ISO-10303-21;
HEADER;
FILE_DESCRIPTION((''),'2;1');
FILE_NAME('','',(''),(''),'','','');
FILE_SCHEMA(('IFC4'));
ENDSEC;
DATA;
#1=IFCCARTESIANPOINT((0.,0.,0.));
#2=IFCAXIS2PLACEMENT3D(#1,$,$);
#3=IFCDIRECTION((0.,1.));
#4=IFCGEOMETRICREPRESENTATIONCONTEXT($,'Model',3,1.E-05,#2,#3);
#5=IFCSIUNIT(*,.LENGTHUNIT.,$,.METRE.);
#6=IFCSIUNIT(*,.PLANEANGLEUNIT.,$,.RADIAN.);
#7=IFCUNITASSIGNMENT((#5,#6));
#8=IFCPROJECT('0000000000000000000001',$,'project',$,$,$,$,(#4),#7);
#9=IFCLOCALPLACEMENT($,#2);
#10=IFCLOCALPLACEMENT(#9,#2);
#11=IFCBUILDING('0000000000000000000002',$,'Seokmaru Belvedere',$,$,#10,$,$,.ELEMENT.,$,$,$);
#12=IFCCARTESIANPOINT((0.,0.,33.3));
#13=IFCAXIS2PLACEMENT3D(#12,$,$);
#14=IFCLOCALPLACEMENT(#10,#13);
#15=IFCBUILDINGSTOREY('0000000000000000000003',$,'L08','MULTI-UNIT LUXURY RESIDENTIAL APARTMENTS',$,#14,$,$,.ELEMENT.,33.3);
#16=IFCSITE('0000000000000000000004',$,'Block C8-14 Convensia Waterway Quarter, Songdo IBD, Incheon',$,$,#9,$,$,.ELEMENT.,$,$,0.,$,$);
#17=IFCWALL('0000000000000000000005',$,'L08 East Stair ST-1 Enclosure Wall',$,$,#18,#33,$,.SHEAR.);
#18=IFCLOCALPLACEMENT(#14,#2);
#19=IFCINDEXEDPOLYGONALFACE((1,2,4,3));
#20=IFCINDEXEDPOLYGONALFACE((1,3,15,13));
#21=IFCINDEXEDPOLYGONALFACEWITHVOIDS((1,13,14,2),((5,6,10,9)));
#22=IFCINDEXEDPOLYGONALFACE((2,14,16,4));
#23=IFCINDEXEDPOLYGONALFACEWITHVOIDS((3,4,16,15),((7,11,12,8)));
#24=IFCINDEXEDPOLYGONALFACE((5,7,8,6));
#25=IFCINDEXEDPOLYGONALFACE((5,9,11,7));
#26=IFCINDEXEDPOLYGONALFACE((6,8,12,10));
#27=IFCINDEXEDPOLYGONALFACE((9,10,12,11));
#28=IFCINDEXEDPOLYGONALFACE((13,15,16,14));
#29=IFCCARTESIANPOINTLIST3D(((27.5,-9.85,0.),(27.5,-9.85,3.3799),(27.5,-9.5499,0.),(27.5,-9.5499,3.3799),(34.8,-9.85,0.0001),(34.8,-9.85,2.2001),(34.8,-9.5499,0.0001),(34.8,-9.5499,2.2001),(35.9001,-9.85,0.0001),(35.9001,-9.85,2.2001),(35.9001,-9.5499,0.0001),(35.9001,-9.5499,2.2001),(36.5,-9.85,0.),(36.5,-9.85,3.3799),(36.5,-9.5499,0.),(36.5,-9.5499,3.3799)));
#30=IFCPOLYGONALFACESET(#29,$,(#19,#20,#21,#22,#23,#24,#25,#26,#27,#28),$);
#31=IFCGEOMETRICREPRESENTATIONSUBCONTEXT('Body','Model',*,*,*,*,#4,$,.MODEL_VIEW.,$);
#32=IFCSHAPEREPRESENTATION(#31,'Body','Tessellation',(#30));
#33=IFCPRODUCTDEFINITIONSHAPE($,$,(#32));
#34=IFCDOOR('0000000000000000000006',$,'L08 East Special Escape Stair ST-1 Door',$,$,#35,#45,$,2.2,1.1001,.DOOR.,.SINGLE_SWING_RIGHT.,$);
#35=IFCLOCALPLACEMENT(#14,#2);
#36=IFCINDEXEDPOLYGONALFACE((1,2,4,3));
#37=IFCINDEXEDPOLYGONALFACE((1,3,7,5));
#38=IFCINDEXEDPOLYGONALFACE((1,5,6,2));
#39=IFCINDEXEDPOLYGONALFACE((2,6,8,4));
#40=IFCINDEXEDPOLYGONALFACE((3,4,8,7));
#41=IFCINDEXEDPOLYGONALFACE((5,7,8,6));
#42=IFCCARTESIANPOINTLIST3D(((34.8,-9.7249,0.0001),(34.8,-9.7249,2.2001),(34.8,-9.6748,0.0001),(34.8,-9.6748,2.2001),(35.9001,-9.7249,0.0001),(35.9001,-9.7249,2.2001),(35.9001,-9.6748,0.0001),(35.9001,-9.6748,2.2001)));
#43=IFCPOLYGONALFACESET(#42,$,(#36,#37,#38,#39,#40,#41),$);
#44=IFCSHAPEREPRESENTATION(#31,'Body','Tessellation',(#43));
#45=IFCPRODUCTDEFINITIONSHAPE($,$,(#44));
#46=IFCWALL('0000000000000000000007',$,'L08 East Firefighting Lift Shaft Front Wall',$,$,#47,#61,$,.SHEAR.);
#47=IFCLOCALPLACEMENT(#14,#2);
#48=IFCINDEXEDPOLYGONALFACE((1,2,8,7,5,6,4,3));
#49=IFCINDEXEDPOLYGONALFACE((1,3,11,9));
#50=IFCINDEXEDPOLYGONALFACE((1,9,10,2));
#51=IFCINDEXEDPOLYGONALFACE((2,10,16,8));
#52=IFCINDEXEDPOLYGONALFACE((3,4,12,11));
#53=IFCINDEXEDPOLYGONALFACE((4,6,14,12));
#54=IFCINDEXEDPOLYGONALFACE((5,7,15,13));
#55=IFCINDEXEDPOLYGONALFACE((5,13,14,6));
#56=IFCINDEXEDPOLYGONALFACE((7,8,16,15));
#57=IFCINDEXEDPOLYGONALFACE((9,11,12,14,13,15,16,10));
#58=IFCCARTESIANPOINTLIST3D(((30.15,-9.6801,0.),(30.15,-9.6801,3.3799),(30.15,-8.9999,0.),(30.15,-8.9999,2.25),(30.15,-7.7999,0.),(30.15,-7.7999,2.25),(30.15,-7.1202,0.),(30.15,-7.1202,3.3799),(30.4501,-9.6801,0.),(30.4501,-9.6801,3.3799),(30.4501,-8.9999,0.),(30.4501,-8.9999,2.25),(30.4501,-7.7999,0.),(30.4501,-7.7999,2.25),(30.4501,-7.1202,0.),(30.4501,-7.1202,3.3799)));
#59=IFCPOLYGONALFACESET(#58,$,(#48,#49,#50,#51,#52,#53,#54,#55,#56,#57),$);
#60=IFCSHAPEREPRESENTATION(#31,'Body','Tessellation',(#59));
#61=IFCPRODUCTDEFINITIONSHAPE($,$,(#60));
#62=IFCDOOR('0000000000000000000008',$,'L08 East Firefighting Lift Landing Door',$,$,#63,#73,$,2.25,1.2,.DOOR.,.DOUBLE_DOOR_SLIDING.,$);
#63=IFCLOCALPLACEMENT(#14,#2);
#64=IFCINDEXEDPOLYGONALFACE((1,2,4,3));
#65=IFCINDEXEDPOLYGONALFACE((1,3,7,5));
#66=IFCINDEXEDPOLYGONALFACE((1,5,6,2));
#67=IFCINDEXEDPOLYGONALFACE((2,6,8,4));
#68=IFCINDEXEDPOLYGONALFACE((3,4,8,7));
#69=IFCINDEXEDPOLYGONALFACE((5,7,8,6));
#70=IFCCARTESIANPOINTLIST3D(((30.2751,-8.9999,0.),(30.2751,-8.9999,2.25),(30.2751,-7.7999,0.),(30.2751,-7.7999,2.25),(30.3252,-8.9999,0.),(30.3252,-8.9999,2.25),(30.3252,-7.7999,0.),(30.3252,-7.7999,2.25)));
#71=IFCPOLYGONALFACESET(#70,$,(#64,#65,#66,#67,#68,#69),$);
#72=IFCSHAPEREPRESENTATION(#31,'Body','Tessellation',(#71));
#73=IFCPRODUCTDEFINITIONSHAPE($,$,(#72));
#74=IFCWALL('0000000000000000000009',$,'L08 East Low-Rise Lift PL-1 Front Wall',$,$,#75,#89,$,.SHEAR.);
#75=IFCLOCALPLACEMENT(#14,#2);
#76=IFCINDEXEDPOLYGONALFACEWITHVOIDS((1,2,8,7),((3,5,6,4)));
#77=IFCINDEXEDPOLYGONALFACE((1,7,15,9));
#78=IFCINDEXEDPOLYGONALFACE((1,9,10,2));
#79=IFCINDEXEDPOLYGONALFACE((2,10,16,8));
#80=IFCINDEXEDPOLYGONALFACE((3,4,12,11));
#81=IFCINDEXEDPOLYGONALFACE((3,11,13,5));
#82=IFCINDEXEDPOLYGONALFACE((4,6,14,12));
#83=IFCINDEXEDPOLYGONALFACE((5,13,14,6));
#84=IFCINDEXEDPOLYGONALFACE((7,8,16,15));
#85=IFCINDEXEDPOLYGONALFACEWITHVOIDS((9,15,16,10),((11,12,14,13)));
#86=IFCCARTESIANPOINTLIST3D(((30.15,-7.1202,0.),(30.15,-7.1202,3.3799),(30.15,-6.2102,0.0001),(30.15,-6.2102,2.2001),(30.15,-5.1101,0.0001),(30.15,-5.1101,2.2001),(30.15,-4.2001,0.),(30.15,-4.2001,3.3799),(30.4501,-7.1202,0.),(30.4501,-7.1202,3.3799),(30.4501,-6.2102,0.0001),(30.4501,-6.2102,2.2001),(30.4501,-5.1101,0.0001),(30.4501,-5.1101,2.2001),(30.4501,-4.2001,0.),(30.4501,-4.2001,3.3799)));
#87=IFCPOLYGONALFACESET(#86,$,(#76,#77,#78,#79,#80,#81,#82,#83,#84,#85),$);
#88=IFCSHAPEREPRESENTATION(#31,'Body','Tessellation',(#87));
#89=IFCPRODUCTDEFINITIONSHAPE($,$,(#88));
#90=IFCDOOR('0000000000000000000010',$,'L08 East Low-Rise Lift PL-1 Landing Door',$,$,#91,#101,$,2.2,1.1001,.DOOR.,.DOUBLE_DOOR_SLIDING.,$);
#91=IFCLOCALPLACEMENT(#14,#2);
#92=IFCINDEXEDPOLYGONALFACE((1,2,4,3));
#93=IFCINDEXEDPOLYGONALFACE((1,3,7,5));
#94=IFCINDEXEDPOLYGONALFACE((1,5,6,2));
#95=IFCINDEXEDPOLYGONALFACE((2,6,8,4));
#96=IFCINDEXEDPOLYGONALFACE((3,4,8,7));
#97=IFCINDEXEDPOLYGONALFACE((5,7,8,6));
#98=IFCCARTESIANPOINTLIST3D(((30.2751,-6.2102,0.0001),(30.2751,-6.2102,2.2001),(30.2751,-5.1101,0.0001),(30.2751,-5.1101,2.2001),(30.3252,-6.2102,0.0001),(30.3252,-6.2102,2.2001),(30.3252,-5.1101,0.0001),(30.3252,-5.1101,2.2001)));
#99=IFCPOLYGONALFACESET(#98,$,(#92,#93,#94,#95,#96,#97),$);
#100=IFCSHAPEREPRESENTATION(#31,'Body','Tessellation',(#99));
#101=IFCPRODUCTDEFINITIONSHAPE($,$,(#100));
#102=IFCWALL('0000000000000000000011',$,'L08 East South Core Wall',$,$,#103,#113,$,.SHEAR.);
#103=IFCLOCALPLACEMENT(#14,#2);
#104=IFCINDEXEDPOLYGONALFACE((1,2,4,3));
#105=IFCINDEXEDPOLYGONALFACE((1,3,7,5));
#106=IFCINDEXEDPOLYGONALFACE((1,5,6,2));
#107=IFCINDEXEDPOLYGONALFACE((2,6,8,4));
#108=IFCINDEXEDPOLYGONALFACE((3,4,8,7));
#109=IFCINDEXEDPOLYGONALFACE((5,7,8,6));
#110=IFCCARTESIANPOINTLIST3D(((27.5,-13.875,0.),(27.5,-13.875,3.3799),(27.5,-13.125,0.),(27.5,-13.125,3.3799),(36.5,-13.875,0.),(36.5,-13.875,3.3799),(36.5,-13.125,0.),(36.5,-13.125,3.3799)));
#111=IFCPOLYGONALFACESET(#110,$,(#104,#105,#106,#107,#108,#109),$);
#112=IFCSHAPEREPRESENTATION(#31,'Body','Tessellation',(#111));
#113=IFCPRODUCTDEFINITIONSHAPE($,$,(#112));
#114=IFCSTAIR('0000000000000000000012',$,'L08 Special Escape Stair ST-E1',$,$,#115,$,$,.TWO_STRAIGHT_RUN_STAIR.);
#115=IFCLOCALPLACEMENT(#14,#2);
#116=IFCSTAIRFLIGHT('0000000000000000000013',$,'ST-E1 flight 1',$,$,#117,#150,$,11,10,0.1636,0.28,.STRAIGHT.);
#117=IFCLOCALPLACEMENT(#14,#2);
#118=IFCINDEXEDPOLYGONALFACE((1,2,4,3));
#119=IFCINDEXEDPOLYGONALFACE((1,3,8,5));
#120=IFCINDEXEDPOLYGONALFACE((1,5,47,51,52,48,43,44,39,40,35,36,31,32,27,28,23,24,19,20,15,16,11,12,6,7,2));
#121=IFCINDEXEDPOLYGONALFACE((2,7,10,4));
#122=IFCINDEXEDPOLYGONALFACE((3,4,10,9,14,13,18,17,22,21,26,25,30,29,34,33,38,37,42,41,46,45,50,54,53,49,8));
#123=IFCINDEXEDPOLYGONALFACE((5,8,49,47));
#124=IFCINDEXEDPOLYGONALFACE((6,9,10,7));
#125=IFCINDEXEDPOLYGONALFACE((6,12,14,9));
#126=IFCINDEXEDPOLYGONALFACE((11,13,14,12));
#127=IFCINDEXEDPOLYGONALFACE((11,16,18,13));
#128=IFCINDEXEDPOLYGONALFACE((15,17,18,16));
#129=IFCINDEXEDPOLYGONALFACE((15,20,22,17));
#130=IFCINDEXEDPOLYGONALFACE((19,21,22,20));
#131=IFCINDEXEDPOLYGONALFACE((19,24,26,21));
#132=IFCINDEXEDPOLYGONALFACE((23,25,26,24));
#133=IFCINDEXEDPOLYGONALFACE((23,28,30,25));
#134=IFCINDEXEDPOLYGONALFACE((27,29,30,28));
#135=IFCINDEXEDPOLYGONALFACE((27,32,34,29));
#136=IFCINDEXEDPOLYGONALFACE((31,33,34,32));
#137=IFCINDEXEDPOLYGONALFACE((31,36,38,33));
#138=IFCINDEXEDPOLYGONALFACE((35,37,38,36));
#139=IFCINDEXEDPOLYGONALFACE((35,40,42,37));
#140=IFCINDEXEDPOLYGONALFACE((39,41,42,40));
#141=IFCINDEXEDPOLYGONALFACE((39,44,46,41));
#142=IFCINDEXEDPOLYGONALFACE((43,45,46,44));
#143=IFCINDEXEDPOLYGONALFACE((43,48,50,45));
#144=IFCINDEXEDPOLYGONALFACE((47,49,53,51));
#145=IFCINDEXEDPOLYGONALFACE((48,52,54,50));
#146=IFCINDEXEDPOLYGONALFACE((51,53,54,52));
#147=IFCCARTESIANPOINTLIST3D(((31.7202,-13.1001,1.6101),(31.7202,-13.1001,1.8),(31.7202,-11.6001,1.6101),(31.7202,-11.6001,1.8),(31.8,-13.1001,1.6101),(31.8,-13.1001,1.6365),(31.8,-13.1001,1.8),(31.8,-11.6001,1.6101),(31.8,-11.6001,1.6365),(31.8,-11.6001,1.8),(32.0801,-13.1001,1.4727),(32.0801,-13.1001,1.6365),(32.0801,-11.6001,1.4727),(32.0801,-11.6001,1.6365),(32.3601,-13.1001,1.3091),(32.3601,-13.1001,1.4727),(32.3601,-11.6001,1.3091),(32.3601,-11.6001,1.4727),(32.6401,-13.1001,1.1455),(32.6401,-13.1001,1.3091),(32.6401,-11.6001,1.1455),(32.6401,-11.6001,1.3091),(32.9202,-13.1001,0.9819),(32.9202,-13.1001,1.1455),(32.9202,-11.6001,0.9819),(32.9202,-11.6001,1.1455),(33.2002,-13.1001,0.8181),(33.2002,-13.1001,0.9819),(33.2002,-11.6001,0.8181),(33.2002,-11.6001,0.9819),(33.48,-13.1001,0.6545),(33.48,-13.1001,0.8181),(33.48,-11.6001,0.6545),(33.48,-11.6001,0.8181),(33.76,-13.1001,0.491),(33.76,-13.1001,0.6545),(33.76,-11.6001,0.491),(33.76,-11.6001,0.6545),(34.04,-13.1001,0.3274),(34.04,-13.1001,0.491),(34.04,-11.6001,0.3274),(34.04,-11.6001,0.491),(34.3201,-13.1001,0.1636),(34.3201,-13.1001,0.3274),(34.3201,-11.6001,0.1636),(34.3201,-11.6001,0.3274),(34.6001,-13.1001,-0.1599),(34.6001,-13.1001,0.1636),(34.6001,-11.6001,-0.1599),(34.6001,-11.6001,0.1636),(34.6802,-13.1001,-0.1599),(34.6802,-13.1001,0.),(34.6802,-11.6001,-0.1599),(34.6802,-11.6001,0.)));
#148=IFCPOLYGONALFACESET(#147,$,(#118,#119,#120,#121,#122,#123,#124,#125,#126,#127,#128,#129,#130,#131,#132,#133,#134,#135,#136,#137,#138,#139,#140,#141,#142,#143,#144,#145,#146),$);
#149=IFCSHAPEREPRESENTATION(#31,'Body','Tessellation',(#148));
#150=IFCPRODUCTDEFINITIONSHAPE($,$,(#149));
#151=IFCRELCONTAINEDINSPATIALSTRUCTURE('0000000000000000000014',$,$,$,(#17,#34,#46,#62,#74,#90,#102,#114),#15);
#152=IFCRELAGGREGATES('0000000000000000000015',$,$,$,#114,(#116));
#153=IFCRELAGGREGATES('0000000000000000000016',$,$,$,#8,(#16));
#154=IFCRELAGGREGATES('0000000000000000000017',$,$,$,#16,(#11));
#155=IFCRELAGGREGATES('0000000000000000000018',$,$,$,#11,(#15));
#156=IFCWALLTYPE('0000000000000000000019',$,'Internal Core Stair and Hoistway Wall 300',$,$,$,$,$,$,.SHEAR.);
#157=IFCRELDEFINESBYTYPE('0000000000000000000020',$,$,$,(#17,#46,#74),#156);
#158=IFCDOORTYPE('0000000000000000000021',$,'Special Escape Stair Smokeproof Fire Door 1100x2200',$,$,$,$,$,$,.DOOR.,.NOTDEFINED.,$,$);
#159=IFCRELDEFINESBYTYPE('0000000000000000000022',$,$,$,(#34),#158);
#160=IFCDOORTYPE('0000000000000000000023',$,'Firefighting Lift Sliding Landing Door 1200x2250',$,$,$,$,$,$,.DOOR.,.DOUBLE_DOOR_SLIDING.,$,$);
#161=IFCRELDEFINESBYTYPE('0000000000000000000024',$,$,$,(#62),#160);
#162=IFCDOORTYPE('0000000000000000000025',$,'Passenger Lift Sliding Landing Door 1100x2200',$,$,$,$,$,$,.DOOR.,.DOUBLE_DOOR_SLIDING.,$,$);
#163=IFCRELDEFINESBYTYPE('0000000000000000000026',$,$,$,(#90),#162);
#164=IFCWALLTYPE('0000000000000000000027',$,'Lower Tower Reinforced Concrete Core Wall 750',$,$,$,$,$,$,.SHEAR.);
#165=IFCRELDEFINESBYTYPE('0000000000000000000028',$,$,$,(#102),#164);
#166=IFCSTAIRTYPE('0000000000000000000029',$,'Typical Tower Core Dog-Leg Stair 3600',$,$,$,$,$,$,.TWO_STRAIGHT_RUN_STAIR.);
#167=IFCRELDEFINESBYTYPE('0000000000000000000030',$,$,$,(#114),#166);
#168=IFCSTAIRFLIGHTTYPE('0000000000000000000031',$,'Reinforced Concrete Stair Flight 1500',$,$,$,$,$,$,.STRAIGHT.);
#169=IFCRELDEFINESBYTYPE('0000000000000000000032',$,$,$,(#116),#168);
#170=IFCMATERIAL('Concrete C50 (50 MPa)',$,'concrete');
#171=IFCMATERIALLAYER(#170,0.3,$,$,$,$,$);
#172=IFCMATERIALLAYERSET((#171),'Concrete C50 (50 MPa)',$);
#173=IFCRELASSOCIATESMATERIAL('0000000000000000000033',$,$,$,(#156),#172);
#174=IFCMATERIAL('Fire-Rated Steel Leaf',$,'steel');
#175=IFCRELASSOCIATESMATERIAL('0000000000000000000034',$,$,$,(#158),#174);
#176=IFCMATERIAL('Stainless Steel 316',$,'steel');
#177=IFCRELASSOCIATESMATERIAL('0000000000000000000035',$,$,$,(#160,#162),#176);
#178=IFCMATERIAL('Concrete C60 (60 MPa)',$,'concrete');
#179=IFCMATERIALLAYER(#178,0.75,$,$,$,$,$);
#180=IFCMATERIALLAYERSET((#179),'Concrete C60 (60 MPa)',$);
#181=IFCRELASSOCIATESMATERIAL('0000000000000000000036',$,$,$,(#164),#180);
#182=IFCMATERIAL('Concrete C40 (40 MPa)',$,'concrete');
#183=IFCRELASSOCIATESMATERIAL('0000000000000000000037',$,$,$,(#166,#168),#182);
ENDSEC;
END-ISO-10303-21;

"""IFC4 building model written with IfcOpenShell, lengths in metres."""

from ifc_helpers import new_model, si_unit, direction, frame, frame_2d, origin, place, context, subcontext, project, spatial, polyline, rectangle, outline, extrude, source, transform, mapped, material, layer, layer_set, type_object, type_shapes, element, fill, aggregate, save


model = new_model("IFC4")

# Units and contexts
model_context = context("Model", 3, precision=1e-05, world=origin(), true_north=direction((0.0, 1.0)))
body_context = subcontext(model_context, "Body", "Model", "MODEL_VIEW")
ifc_project = project(units=[si_unit("LENGTHUNIT", "METRE"), si_unit("PLANEANGLEUNIT", "RADIAN")], contexts=[model_context])

# Site, building, storey
site_placement = place(None, origin())
site = spatial("IfcSite", under=ifc_project, at=site_placement, Name="Block C8-14 Convensia Waterway Quarter, Songdo IBD, Incheon", CompositionType="ELEMENT", RefElevation=0.0)
building_placement = place(site_placement, origin())
building = spatial("IfcBuilding", under=site, at=building_placement, Name="Seokmaru Belvedere", CompositionType="ELEMENT")
storey_placement = place(building_placement, frame((0.0, 0.0, 33.3)))
storey = spatial("IfcBuildingStorey", under=building, at=storey_placement, Name="L08", Description="MULTI-UNIT LUXURY RESIDENTIAL APARTMENTS", CompositionType="ELEMENT", Elevation=33.3)

# Shared definitions
ifc_material_1 = material(Name="Concrete C50 (50 MPa)", Category="concrete")

# Walls, openings, doors
ifc_layer_1 = layer(ifc_material_1, 0.3)
ifc_layer_set_1 = layer_set([ifc_layer_1], Name="Concrete C50 (50 MPa)")
wall_type_1 = type_object("IfcWallType", Name="Internal Core Stair and Hoistway Wall 300", PredefinedType="SHEAR", material=ifc_layer_set_1)
wall_1_placement = place(storey_placement, frame((27.5, -9.7, 0.0), z_axis=(0.0, 0.0, 1.0), x_axis=(1.0, 0.0, 0.0)))
wall_1 = element("IfcWall", 1, at=wall_1_placement, inside=storey, type_object=wall_type_1, Name="L08 East Stair ST-1 Enclosure Wall", PredefinedType="SHEAR", context=body_context, shape_type="SweptSolid", body=[
    extrude(rectangle(XDim=9.0, YDim=0.3, at=frame_2d((4.5, 0.0))), origin(), (0.0, 0.0, 1.0), 3.3799),
])
opening_1_placement = place(wall_1_placement, frame((7.3, 0.0, 0.0)))
opening_1 = element("IfcOpeningElement", 2, at=opening_1_placement, cuts=wall_1, PredefinedType="OPENING", context=body_context, shape_type="SweptSolid", body=[
    extrude(rectangle(XDim=1.1001, YDim=2.2, at=frame_2d((0.55, 1.1001))), frame((0.0, 0.1602, 0.0), z_axis=(0.0, -1.0, 0.0), x_axis=(1.0, 0.0, 0.0)), (0.0, 0.0, 1.0), 0.3201),
])
ifc_material_2 = material(Name="Fire-Rated Steel Leaf", Category="steel")
door_type_1 = type_object("IfcDoorType", Name="Special Escape Stair Smokeproof Fire Door 1100x2200", OperationType="NOTDEFINED", PredefinedType="DOOR", material=ifc_material_2)
shared_shape_1 = source(origin(), body_context, "Body", "SweptSolid", [
    extrude(rectangle(XDim=1.1001, YDim=2.2, at=frame_2d((0.55, 1.1001))), frame((0.0, 0.0249, 0.0), z_axis=(0.0, -1.0, 0.0), x_axis=(1.0, 0.0, 0.0)), (0.0, 0.0, 1.0), 0.05),
])
type_shapes(door_type_1, [shared_shape_1])
door_1_placement = place(opening_1_placement, frame((1.1001, 0.0, 0.0), z_axis=(0.0, 0.0, 1.0), x_axis=(-1.0, 0.0, 0.0)))
door_1 = element("IfcDoor", 3, at=door_1_placement, inside=storey, type_object=door_type_1, Name="L08 East Special Escape Stair ST-1 Door", OperationType="SINGLE_SWING_RIGHT", OverallHeight=2.2, OverallWidth=1.1001, PredefinedType="DOOR", context=body_context, shape_type="MappedRepresentation", body=[
    mapped(shared_shape_1, transform((0.0, 0.0, 0.0), scale=1.0)),
])
fill(opening_1, door_1)
wall_2_placement = place(storey_placement, frame((30.3, -9.6799, 0.0), z_axis=(0.0, 0.0, 1.0), x_axis=(0.0, 1.0, 0.0)))
wall_2 = element("IfcWall", 4, at=wall_2_placement, inside=storey, type_object=wall_type_1, Name="L08 East Firefighting Lift Shaft Front Wall", PredefinedType="SHEAR", context=body_context, shape_type="SweptSolid", body=[
    extrude(rectangle(XDim=2.5598, YDim=0.3, at=frame_2d((1.2798, 0.0))), origin(), (0.0, 0.0, 1.0), 3.3799),
])
opening_2_placement = place(wall_2_placement, frame((0.6799, 0.0, 0.0)))
opening_2 = element("IfcOpeningElement", 5, at=opening_2_placement, cuts=wall_2, PredefinedType="OPENING", context=body_context, shape_type="SweptSolid", body=[
    extrude(rectangle(XDim=1.2, YDim=2.25, at=frame_2d((0.6001, 1.125))), frame((0.0, 0.1602, 0.0), z_axis=(0.0, -1.0, 0.0), x_axis=(1.0, 0.0, 0.0)), (0.0, 0.0, 1.0), 0.3201),
])
ifc_material_3 = material(Name="Stainless Steel 316", Category="steel")
door_type_2 = type_object("IfcDoorType", Name="Firefighting Lift Sliding Landing Door 1200x2250", OperationType="DOUBLE_DOOR_SLIDING", PredefinedType="DOOR", material=ifc_material_3)
shared_shape_2 = source(origin(), body_context, "Body", "SweptSolid", [
    extrude(rectangle(XDim=1.2, YDim=2.25, at=frame_2d((0.6001, 1.125))), frame((0.0, 0.0249, 0.0), z_axis=(0.0, -1.0, 0.0), x_axis=(1.0, 0.0, 0.0)), (0.0, 0.0, 1.0), 0.05),
])
type_shapes(door_type_2, [shared_shape_2])
door_2_placement = place(opening_2_placement, origin())
door_2 = element("IfcDoor", 6, at=door_2_placement, inside=storey, type_object=door_type_2, Name="L08 East Firefighting Lift Landing Door", OperationType="DOUBLE_DOOR_SLIDING", OverallHeight=2.25, OverallWidth=1.2, PredefinedType="DOOR", context=body_context, shape_type="MappedRepresentation", body=[
    mapped(shared_shape_2, transform((0.0, 0.0, 0.0), scale=1.0)),
])
fill(opening_2, door_2)
wall_3_placement = place(storey_placement, frame((30.3, -7.1201, 0.0), z_axis=(0.0, 0.0, 1.0), x_axis=(0.0, 1.0, 0.0)))
wall_3 = element("IfcWall", 7, at=wall_3_placement, inside=storey, type_object=wall_type_1, Name="L08 East Low-Rise Lift PL-1 Front Wall", PredefinedType="SHEAR", context=body_context, shape_type="SweptSolid", body=[
    extrude(rectangle(XDim=2.9202, YDim=0.3, at=frame_2d((1.46, 0.0))), origin(), (0.0, 0.0, 1.0), 3.3799),
])
opening_3_placement = place(wall_3_placement, frame((0.9099, 0.0, 0.0)))
opening_3 = element("IfcOpeningElement", 8, at=opening_3_placement, cuts=wall_3, PredefinedType="OPENING", context=body_context, shape_type="SweptSolid", body=[
    extrude(rectangle(XDim=1.1001, YDim=2.2, at=frame_2d((0.55, 1.1001))), frame((0.0, 0.1602, 0.0), z_axis=(0.0, -1.0, 0.0), x_axis=(1.0, 0.0, 0.0)), (0.0, 0.0, 1.0), 0.3201),
])
door_type_3 = type_object("IfcDoorType", Name="Passenger Lift Sliding Landing Door 1100x2200", OperationType="DOUBLE_DOOR_SLIDING", PredefinedType="DOOR", material=ifc_material_3)
shared_shape_3 = source(origin(), body_context, "Body", "SweptSolid", [
    extrude(rectangle(XDim=1.1001, YDim=2.2, at=frame_2d((0.55, 1.1001))), frame((0.0, 0.0249, 0.0), z_axis=(0.0, -1.0, 0.0), x_axis=(1.0, 0.0, 0.0)), (0.0, 0.0, 1.0), 0.05),
])
type_shapes(door_type_3, [shared_shape_3])
door_3_placement = place(opening_3_placement, origin())
door_3 = element("IfcDoor", 9, at=door_3_placement, inside=storey, type_object=door_type_3, Name="L08 East Low-Rise Lift PL-1 Landing Door", OperationType="DOUBLE_DOOR_SLIDING", OverallHeight=2.2, OverallWidth=1.1001, PredefinedType="DOOR", context=body_context, shape_type="MappedRepresentation", body=[
    mapped(shared_shape_3, transform((0.0, 0.0, 0.0), scale=1.0)),
])
fill(opening_3, door_3)

# Wall
ifc_material_4 = material(Name="Concrete C60 (60 MPa)", Category="concrete")
ifc_layer_2 = layer(ifc_material_4, 0.75)
ifc_layer_set_2 = layer_set([ifc_layer_2], Name="Concrete C60 (60 MPa)")
wall_type_2 = type_object("IfcWallType", Name="Lower Tower Reinforced Concrete Core Wall 750", PredefinedType="SHEAR", material=ifc_layer_set_2)
wall_4_placement = place(storey_placement, frame((27.5, -13.5, 0.0), z_axis=(0.0, 0.0, 1.0), x_axis=(1.0, 0.0, 0.0)))
element("IfcWall", 10, at=wall_4_placement, inside=storey, type_object=wall_type_2, Name="L08 East South Core Wall", PredefinedType="SHEAR", context=body_context, shape_type="SweptSolid", body=[
    extrude(rectangle(XDim=9.0, YDim=0.75, at=frame_2d((4.5, 0.0))), origin(), (0.0, 0.0, 1.0), 3.3799),
])

# Stair, stair flight
ifc_material_5 = material(Name="Concrete C40 (40 MPa)", Category="concrete")
stair_type = type_object("IfcStairType", Name="Typical Tower Core Dog-Leg Stair 3600", PredefinedType="TWO_STRAIGHT_RUN_STAIR", material=ifc_material_5)
stair_placement = place(storey_placement, origin())
stair = element("IfcStair", 11, at=stair_placement, inside=storey, type_object=stair_type, Name="L08 Special Escape Stair ST-E1", PredefinedType="TWO_STRAIGHT_RUN_STAIR")
stair_flight_type = type_object("IfcStairFlightType", Name="Reinforced Concrete Stair Flight 1500", PredefinedType="STRAIGHT", material=ifc_material_5)
stair_flight_1_placement = place(storey_placement, frame((34.6001, -12.3501, 0.0), z_axis=(0.0, 0.0, 1.0), x_axis=(-1.0, 0.0, 0.0)))
stair_flight_1 = element("IfcStairFlight", 12, at=stair_flight_1_placement, type_object=stair_flight_type, Name="ST-E1 flight 1", NumberOfRisers=11, NumberOfTreads=10, PredefinedType="STRAIGHT", RiserHeight=0.1636, TreadLength=0.28, context=body_context, shape_type="SweptSolid", body=[
    extrude(outline(polyline([(-0.0801, 0.0), (0.0, 0.1636), (0.28, 0.1636), (0.28, 0.3274), (0.5601, 0.3274), (0.5601, 0.491), (0.8401, 0.491), (0.8401, 0.6545), (1.1201, 0.6545), (1.1201, 0.8181), (1.3999, 0.8181), (1.3999, 0.9819), (1.6799, 0.9819), (1.6799, 1.1455), (1.96, 1.1455), (1.96, 1.3091), (2.24, 1.3091), (2.24, 1.4727), (2.52, 1.4727), (2.52, 1.6365), (2.8, 1.6365), (2.8, 1.8), (2.8799, 1.8), (2.8799, 1.6101), (2.8, 1.6101), (0.0, -0.1599), (-0.0801, -0.1599), (-0.0801, 0.0)])), frame((0.0, 0.75, 0.0), z_axis=(0.0, -1.0, 0.0), x_axis=(1.0, 0.0, 0.0)), (0.0, 0.0, 1.0), 1.5),
])
aggregate(stair, [stair_flight_1])

save(model, "model.ifc")
